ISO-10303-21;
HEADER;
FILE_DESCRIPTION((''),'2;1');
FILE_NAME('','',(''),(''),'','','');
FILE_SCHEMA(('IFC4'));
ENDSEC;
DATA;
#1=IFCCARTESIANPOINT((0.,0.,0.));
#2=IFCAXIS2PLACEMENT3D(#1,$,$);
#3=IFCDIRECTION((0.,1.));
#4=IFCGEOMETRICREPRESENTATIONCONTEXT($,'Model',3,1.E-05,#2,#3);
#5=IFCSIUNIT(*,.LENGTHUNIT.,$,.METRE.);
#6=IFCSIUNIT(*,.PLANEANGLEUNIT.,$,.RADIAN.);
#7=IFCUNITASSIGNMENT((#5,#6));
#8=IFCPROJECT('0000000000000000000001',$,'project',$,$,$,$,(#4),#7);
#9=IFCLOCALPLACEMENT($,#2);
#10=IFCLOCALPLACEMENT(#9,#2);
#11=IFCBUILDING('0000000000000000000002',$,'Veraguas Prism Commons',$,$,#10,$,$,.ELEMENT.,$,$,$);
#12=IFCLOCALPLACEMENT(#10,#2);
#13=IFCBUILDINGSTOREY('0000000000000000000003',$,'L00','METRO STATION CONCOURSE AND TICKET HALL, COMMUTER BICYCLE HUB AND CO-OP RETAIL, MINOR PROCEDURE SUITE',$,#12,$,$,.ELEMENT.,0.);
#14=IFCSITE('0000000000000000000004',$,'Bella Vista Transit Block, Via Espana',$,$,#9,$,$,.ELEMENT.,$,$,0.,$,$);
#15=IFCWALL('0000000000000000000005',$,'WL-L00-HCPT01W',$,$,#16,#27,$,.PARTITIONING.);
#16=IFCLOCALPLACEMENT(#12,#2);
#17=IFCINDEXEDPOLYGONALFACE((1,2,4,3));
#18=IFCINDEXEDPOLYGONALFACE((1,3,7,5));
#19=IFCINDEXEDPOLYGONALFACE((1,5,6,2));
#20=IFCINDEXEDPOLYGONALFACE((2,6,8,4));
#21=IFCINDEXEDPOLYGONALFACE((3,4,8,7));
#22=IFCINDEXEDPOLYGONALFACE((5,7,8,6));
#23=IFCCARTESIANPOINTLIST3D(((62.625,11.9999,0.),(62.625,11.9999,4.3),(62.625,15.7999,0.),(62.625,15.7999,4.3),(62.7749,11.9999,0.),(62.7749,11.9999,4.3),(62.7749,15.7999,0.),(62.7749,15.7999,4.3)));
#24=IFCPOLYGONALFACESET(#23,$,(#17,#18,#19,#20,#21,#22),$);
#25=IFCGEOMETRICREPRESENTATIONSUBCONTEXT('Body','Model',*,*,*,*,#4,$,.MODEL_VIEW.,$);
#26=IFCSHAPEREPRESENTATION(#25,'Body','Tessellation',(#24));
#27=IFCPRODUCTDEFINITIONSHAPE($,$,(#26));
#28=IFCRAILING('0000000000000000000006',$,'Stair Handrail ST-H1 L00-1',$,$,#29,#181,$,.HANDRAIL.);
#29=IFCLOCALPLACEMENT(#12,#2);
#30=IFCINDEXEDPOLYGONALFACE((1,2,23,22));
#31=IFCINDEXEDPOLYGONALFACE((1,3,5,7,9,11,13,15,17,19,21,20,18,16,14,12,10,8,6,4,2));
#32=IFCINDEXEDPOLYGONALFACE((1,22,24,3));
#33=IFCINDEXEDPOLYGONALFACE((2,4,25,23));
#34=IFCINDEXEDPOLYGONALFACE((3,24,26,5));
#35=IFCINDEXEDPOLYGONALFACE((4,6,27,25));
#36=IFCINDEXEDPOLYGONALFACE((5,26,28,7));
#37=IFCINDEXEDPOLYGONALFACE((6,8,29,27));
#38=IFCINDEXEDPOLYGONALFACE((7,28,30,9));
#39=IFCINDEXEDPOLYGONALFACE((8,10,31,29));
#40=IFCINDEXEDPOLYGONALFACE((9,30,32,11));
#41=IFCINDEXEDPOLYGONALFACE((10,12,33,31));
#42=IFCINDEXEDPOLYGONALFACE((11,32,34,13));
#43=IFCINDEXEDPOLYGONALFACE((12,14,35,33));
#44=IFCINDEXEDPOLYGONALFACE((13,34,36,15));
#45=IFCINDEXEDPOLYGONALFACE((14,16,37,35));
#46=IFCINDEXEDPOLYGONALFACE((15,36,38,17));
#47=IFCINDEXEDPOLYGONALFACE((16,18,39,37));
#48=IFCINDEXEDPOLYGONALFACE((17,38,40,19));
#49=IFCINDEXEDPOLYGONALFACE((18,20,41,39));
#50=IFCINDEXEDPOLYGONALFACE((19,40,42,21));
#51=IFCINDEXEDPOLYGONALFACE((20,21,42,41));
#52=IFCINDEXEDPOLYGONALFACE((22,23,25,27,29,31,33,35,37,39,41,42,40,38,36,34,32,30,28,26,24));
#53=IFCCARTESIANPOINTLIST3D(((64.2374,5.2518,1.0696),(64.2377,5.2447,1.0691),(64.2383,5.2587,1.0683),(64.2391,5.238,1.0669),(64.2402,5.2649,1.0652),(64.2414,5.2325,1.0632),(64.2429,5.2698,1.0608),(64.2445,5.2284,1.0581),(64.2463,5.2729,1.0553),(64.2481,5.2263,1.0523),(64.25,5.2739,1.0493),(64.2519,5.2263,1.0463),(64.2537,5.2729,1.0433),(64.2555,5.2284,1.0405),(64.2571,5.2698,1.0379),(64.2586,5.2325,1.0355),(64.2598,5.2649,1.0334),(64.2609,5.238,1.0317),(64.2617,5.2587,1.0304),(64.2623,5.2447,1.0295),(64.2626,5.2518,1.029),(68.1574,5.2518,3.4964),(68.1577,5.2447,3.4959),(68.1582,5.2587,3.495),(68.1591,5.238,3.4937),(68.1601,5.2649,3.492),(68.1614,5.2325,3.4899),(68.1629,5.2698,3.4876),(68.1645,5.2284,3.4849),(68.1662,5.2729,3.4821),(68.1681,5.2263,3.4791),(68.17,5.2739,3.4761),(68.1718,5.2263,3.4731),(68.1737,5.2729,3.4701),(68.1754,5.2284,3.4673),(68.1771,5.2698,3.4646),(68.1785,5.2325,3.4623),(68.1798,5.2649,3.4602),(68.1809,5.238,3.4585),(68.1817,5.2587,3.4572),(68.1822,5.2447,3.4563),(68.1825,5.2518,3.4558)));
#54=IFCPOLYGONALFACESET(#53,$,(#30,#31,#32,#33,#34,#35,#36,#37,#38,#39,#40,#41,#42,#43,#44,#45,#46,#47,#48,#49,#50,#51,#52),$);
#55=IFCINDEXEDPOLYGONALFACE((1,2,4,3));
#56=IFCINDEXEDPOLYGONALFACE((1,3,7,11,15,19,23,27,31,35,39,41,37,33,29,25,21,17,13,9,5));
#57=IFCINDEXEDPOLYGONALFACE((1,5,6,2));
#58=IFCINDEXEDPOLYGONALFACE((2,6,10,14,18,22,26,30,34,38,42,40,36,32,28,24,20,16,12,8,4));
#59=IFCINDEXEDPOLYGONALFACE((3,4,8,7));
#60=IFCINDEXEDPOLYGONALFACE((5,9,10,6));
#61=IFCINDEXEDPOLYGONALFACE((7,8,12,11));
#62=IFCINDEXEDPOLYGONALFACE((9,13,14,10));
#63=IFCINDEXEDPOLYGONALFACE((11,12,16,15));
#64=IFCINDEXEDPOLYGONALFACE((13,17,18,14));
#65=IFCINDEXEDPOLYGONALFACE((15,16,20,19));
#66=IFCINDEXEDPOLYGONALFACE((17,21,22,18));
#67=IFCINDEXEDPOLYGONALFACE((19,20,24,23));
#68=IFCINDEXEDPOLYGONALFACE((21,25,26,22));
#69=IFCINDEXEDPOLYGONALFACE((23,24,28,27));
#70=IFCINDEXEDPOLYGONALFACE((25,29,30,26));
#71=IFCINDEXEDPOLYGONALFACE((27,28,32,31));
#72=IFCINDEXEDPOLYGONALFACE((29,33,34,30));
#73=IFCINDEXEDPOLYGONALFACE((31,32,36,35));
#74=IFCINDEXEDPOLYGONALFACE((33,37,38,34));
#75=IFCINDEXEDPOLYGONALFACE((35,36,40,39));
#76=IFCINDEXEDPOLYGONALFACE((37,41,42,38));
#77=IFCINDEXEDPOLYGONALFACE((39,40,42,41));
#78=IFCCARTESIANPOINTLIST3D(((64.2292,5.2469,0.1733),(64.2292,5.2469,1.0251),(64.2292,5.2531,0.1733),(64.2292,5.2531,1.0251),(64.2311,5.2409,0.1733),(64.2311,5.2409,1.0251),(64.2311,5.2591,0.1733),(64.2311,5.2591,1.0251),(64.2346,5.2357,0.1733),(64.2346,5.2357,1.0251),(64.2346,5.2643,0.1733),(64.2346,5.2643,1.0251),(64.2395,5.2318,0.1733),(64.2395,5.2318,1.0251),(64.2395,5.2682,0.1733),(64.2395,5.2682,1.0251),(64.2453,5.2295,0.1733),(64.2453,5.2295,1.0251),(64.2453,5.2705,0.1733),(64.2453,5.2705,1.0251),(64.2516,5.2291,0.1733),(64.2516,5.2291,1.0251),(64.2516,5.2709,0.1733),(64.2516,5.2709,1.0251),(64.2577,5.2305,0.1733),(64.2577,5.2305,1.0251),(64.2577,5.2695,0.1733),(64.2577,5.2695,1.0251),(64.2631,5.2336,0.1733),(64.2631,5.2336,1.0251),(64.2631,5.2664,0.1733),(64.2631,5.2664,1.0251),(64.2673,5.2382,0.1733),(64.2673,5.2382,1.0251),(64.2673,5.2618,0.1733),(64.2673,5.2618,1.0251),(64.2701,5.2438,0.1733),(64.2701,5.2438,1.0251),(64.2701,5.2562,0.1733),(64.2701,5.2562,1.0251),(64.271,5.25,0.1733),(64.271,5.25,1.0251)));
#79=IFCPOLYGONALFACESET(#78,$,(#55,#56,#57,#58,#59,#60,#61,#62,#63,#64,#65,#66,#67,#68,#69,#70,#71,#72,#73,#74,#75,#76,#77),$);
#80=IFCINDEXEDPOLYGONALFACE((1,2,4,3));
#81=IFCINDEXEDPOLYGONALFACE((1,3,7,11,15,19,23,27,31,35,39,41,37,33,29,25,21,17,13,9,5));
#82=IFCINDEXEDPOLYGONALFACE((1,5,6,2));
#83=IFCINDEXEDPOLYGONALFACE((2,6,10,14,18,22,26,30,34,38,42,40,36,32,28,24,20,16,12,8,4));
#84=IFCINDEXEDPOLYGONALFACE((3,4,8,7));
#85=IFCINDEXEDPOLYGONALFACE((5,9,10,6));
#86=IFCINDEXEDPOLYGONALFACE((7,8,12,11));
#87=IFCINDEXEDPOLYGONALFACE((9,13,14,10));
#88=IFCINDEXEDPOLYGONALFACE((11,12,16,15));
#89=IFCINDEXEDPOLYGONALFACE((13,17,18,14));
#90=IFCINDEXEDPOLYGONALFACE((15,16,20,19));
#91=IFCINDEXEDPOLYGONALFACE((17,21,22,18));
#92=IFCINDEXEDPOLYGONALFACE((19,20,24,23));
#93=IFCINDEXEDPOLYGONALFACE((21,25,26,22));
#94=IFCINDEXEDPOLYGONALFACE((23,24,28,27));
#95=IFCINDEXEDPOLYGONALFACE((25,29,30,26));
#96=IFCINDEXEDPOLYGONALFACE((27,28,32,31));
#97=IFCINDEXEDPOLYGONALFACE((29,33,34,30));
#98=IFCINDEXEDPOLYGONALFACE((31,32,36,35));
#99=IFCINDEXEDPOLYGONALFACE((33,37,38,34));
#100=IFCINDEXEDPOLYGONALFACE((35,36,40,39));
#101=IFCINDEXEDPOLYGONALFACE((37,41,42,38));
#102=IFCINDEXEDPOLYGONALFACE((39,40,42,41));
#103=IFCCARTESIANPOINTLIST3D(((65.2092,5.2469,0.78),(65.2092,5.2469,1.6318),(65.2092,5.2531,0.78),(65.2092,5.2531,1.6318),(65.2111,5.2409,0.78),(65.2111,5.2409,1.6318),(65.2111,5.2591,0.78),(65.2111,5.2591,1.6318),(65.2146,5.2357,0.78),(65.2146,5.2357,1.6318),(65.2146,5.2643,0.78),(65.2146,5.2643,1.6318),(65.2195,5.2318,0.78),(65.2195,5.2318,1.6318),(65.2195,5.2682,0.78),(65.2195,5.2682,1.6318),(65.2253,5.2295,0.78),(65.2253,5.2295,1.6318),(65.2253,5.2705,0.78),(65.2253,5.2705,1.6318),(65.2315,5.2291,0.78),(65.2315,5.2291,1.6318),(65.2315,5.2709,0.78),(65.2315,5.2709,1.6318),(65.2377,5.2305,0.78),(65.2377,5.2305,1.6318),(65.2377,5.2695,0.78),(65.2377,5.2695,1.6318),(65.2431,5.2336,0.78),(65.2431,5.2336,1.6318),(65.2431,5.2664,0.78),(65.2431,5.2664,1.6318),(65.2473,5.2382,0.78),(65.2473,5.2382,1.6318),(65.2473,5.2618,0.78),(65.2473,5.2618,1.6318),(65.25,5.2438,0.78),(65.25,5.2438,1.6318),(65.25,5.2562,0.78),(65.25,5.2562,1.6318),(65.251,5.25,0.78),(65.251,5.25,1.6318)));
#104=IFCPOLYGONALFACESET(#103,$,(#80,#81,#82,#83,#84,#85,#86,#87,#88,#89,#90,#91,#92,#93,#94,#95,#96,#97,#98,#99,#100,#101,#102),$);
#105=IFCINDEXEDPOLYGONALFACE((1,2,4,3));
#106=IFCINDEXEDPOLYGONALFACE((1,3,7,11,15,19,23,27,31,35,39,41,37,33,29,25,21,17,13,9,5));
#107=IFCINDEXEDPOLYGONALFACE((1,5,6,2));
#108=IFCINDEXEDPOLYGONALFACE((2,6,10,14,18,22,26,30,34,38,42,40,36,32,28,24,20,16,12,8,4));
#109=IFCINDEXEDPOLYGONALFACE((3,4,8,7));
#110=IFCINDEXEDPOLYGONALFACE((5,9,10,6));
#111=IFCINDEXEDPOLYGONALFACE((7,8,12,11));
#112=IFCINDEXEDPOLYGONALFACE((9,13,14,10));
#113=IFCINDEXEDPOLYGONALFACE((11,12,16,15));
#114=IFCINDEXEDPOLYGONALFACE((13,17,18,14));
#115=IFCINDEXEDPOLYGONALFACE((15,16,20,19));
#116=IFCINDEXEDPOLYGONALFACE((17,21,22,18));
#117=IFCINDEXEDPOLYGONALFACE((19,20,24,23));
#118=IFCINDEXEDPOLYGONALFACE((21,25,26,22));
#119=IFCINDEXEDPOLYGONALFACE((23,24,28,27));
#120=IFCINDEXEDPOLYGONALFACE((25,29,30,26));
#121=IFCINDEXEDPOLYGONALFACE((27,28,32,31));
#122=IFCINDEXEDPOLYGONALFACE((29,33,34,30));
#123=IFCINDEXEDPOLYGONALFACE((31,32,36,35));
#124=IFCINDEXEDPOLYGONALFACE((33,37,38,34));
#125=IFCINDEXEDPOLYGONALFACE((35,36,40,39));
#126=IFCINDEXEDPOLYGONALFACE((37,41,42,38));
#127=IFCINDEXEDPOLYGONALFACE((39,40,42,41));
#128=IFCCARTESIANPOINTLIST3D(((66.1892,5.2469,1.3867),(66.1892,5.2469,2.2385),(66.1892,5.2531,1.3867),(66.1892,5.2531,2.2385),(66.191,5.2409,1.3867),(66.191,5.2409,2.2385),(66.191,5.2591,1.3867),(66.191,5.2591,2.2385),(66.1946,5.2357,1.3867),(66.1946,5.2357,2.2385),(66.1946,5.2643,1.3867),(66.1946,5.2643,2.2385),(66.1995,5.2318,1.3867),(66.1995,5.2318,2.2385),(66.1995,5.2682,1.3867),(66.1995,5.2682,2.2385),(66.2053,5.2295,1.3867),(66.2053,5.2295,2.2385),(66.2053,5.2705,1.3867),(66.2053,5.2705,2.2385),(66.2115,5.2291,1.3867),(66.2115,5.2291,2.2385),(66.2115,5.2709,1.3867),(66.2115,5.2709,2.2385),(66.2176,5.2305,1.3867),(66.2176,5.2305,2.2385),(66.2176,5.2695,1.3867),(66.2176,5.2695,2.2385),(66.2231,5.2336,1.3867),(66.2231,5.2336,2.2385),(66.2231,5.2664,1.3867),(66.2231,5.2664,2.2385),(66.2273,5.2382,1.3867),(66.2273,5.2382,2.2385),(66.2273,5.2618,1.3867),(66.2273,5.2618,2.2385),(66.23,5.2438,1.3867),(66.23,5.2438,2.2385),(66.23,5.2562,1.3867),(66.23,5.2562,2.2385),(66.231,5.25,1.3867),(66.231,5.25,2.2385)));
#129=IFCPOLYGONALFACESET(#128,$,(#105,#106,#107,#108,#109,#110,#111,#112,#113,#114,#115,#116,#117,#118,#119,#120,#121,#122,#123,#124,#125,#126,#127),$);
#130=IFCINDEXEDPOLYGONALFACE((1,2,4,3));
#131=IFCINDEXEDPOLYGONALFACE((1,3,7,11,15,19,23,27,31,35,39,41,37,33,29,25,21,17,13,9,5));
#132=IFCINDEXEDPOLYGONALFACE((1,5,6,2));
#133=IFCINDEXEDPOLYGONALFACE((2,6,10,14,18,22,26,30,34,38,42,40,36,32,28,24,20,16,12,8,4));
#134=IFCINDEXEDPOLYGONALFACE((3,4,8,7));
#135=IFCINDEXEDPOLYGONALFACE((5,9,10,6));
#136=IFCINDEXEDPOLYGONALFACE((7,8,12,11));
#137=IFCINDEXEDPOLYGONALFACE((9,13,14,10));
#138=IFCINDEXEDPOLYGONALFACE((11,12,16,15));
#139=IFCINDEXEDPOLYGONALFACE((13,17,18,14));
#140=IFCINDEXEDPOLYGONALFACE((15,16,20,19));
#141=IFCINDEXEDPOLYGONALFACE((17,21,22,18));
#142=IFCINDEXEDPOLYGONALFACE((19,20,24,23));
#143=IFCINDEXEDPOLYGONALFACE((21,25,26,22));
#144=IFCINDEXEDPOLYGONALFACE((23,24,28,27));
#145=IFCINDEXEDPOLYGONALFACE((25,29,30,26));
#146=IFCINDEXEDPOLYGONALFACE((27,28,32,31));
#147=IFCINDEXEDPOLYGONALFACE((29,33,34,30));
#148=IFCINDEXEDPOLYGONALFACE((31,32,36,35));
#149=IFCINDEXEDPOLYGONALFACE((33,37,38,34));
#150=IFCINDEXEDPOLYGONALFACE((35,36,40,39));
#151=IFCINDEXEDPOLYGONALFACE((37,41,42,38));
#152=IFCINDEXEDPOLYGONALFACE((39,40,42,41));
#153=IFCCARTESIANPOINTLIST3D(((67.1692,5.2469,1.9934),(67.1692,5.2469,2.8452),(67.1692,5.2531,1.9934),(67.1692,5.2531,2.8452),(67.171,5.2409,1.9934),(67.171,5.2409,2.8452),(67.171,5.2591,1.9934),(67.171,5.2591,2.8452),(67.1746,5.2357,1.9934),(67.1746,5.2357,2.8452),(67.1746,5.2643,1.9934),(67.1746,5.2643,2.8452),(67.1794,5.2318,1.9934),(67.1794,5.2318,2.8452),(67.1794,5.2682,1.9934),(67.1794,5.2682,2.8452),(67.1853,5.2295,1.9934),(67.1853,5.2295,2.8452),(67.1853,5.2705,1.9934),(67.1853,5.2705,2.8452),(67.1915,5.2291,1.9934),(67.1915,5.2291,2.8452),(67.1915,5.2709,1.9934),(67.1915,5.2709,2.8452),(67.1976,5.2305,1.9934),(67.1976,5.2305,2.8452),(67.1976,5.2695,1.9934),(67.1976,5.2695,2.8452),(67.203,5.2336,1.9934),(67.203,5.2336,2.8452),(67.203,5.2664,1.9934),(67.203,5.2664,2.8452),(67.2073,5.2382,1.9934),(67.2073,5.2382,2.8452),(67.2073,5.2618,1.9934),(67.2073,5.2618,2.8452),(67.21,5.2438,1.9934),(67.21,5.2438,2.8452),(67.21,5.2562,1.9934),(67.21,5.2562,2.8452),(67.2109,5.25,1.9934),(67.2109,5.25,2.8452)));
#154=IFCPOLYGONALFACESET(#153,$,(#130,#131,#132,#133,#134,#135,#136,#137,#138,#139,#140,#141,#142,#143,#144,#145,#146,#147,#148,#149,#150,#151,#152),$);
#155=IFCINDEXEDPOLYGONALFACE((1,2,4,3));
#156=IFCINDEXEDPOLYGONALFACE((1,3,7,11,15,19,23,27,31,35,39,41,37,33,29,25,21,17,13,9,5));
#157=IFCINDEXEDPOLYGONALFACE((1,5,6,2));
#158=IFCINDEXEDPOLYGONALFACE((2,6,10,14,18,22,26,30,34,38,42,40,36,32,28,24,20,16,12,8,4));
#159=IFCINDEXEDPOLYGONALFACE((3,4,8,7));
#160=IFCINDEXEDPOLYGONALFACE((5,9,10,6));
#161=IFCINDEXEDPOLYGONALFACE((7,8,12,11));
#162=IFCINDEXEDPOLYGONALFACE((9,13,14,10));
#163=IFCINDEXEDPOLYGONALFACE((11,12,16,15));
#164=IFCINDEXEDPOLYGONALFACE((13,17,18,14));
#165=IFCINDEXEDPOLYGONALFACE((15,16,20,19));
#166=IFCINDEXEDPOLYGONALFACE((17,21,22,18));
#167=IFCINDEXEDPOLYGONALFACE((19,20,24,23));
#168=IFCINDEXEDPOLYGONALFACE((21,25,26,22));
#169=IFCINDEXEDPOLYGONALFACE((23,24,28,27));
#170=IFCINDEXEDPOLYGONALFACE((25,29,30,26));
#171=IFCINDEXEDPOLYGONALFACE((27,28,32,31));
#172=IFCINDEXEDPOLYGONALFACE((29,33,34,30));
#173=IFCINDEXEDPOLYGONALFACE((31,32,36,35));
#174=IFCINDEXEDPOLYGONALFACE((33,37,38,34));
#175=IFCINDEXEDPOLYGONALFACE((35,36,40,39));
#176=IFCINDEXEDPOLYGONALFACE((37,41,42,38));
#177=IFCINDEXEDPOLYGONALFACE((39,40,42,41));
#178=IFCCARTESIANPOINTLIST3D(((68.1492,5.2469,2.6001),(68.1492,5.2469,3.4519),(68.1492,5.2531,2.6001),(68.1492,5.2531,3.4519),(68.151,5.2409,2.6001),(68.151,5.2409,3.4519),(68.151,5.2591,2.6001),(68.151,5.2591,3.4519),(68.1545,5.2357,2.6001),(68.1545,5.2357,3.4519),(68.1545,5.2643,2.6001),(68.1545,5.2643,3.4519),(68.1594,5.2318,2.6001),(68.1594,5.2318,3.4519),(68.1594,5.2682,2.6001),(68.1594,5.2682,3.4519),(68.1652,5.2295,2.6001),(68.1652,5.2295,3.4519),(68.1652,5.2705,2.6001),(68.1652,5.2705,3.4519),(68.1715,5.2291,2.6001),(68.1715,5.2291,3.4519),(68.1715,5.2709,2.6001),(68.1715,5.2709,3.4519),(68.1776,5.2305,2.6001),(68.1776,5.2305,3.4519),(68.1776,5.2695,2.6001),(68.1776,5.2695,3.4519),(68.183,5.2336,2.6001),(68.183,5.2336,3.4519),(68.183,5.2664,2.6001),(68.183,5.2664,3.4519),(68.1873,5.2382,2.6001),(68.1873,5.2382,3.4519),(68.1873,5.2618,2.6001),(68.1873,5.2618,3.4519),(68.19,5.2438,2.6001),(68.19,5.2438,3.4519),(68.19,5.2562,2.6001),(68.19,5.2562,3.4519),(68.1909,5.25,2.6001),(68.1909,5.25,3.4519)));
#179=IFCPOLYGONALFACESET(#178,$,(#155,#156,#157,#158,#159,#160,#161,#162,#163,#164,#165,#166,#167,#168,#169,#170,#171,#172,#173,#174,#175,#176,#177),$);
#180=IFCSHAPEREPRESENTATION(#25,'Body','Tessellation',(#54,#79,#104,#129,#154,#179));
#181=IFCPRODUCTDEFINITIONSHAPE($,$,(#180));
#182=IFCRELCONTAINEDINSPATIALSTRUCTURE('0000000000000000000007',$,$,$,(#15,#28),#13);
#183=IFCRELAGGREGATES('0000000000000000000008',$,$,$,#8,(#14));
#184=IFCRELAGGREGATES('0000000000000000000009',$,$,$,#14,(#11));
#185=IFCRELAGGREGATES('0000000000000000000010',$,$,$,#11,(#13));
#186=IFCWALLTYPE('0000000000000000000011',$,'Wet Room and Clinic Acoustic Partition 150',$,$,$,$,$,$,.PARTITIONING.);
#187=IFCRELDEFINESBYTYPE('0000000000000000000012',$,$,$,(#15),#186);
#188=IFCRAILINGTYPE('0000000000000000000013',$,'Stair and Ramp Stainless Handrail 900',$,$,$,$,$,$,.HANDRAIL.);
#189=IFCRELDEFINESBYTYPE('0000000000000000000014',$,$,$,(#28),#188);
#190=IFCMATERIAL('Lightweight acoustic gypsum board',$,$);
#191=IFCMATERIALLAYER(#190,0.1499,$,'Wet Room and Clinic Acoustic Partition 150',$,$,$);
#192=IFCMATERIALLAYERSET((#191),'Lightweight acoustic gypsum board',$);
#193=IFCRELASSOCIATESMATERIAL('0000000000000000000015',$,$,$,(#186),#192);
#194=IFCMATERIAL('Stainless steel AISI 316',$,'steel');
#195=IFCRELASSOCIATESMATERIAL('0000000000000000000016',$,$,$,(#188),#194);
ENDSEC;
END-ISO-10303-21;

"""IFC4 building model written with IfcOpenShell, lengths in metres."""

from ifc_helpers import new_model, si_unit, direction, frame, frame_2d, origin, origin_2d, place, context, subcontext, project, spatial, rectangle, circle, extrude, material, layer, layer_set, type_object, element, save


model = new_model("IFC4")

# Units and contexts
model_context = context("Model", 3, precision=1e-05, world=origin(), true_north=direction((0.0, 1.0)))
body_context = subcontext(model_context, "Body", "Model", "MODEL_VIEW")
ifc_project = project(units=[si_unit("LENGTHUNIT", "METRE"), si_unit("PLANEANGLEUNIT", "RADIAN")], contexts=[model_context])

# Site, building, storey
site_placement = place(None, origin())
site = spatial("IfcSite", under=ifc_project, at=site_placement, Name="Bella Vista Transit Block, Via Espana", CompositionType="ELEMENT", RefElevation=0.0)
building_placement = place(site_placement, origin())
building = spatial("IfcBuilding", under=site, at=building_placement, Name="Veraguas Prism Commons", CompositionType="ELEMENT")
storey_placement = place(building_placement, origin())
storey = spatial("IfcBuildingStorey", under=building, at=storey_placement, Name="L00", Description="METRO STATION CONCOURSE AND TICKET HALL, COMMUTER BICYCLE HUB AND CO-OP RETAIL, MINOR PROCEDURE SUITE", CompositionType="ELEMENT", Elevation=0.0)

# Wall
ifc_material_1 = material(Name="Lightweight acoustic gypsum board")
ifc_layer_1 = layer(ifc_material_1, 0.1499, Name="Wet Room and Clinic Acoustic Partition 150")
ifc_layer_set_1 = layer_set([ifc_layer_1], Name="Lightweight acoustic gypsum board")
wall_type_1 = type_object("IfcWallType", Name="Wet Room and Clinic Acoustic Partition 150", PredefinedType="PARTITIONING", material=ifc_layer_set_1)
wall_1_placement = place(storey_placement, frame((62.7, 12.0, 0.0), z_axis=(0.0, 0.0, 1.0), x_axis=(0.0, 1.0, 0.0)))
element("IfcWall", 1, at=wall_1_placement, inside=storey, type_object=wall_type_1, Name="WL-L00-HCPT01W", PredefinedType="PARTITIONING", context=body_context, shape_type="SweptSolid", body=[
    extrude(rectangle(XDim=3.8, YDim=0.1499, at=frame_2d((1.8999, 0.0))), origin(), (0.0, 0.0, 1.0), 4.3),
])

# Railing
ifc_material_2 = material(Name="Stainless steel AISI 316", Category="steel")
railing_type_1 = type_object("IfcRailingType", Name="Stair and Ramp Stainless Handrail 900", PredefinedType="HANDRAIL", material=ifc_material_2)
railing_1_placement = place(storey_placement, frame((64.25, 5.25, 0.1733)))
element("IfcRailing", 2, at=railing_1_placement, inside=storey, type_object=railing_type_1, Name="Stair Handrail ST-H1 L00-1", PredefinedType="HANDRAIL", context=body_context, shape_type="SweptSolid", body=[
    extrude(circle(Radius=0.0239, at=origin_2d()), frame((0.0, 0.0, 0.876), z_axis=(0.850252, 0.0, 0.526376), x_axis=(0.0, 1.0, 0.0)), (0.0, 0.0, 1.0), 4.6104),
    extrude(circle(Radius=0.021, at=origin_2d()), origin(), (0.0, 0.0, 1.0), 0.8518),
    extrude(circle(Radius=0.021, at=origin_2d()), frame((0.98, 0.0, 0.6067)), (0.0, 0.0, 1.0), 0.8518),
    extrude(circle(Radius=0.021, at=origin_2d()), frame((1.96, 0.0, 1.2134)), (0.0, 0.0, 1.0), 0.8518),
    extrude(circle(Radius=0.021, at=origin_2d()), frame((2.9399, 0.0, 1.8201)), (0.0, 0.0, 1.0), 0.8518),
    extrude(circle(Radius=0.021, at=origin_2d()), frame((3.9199, 0.0, 2.4268)), (0.0, 0.0, 1.0), 0.8518),
])

save(model, "model.ifc")
